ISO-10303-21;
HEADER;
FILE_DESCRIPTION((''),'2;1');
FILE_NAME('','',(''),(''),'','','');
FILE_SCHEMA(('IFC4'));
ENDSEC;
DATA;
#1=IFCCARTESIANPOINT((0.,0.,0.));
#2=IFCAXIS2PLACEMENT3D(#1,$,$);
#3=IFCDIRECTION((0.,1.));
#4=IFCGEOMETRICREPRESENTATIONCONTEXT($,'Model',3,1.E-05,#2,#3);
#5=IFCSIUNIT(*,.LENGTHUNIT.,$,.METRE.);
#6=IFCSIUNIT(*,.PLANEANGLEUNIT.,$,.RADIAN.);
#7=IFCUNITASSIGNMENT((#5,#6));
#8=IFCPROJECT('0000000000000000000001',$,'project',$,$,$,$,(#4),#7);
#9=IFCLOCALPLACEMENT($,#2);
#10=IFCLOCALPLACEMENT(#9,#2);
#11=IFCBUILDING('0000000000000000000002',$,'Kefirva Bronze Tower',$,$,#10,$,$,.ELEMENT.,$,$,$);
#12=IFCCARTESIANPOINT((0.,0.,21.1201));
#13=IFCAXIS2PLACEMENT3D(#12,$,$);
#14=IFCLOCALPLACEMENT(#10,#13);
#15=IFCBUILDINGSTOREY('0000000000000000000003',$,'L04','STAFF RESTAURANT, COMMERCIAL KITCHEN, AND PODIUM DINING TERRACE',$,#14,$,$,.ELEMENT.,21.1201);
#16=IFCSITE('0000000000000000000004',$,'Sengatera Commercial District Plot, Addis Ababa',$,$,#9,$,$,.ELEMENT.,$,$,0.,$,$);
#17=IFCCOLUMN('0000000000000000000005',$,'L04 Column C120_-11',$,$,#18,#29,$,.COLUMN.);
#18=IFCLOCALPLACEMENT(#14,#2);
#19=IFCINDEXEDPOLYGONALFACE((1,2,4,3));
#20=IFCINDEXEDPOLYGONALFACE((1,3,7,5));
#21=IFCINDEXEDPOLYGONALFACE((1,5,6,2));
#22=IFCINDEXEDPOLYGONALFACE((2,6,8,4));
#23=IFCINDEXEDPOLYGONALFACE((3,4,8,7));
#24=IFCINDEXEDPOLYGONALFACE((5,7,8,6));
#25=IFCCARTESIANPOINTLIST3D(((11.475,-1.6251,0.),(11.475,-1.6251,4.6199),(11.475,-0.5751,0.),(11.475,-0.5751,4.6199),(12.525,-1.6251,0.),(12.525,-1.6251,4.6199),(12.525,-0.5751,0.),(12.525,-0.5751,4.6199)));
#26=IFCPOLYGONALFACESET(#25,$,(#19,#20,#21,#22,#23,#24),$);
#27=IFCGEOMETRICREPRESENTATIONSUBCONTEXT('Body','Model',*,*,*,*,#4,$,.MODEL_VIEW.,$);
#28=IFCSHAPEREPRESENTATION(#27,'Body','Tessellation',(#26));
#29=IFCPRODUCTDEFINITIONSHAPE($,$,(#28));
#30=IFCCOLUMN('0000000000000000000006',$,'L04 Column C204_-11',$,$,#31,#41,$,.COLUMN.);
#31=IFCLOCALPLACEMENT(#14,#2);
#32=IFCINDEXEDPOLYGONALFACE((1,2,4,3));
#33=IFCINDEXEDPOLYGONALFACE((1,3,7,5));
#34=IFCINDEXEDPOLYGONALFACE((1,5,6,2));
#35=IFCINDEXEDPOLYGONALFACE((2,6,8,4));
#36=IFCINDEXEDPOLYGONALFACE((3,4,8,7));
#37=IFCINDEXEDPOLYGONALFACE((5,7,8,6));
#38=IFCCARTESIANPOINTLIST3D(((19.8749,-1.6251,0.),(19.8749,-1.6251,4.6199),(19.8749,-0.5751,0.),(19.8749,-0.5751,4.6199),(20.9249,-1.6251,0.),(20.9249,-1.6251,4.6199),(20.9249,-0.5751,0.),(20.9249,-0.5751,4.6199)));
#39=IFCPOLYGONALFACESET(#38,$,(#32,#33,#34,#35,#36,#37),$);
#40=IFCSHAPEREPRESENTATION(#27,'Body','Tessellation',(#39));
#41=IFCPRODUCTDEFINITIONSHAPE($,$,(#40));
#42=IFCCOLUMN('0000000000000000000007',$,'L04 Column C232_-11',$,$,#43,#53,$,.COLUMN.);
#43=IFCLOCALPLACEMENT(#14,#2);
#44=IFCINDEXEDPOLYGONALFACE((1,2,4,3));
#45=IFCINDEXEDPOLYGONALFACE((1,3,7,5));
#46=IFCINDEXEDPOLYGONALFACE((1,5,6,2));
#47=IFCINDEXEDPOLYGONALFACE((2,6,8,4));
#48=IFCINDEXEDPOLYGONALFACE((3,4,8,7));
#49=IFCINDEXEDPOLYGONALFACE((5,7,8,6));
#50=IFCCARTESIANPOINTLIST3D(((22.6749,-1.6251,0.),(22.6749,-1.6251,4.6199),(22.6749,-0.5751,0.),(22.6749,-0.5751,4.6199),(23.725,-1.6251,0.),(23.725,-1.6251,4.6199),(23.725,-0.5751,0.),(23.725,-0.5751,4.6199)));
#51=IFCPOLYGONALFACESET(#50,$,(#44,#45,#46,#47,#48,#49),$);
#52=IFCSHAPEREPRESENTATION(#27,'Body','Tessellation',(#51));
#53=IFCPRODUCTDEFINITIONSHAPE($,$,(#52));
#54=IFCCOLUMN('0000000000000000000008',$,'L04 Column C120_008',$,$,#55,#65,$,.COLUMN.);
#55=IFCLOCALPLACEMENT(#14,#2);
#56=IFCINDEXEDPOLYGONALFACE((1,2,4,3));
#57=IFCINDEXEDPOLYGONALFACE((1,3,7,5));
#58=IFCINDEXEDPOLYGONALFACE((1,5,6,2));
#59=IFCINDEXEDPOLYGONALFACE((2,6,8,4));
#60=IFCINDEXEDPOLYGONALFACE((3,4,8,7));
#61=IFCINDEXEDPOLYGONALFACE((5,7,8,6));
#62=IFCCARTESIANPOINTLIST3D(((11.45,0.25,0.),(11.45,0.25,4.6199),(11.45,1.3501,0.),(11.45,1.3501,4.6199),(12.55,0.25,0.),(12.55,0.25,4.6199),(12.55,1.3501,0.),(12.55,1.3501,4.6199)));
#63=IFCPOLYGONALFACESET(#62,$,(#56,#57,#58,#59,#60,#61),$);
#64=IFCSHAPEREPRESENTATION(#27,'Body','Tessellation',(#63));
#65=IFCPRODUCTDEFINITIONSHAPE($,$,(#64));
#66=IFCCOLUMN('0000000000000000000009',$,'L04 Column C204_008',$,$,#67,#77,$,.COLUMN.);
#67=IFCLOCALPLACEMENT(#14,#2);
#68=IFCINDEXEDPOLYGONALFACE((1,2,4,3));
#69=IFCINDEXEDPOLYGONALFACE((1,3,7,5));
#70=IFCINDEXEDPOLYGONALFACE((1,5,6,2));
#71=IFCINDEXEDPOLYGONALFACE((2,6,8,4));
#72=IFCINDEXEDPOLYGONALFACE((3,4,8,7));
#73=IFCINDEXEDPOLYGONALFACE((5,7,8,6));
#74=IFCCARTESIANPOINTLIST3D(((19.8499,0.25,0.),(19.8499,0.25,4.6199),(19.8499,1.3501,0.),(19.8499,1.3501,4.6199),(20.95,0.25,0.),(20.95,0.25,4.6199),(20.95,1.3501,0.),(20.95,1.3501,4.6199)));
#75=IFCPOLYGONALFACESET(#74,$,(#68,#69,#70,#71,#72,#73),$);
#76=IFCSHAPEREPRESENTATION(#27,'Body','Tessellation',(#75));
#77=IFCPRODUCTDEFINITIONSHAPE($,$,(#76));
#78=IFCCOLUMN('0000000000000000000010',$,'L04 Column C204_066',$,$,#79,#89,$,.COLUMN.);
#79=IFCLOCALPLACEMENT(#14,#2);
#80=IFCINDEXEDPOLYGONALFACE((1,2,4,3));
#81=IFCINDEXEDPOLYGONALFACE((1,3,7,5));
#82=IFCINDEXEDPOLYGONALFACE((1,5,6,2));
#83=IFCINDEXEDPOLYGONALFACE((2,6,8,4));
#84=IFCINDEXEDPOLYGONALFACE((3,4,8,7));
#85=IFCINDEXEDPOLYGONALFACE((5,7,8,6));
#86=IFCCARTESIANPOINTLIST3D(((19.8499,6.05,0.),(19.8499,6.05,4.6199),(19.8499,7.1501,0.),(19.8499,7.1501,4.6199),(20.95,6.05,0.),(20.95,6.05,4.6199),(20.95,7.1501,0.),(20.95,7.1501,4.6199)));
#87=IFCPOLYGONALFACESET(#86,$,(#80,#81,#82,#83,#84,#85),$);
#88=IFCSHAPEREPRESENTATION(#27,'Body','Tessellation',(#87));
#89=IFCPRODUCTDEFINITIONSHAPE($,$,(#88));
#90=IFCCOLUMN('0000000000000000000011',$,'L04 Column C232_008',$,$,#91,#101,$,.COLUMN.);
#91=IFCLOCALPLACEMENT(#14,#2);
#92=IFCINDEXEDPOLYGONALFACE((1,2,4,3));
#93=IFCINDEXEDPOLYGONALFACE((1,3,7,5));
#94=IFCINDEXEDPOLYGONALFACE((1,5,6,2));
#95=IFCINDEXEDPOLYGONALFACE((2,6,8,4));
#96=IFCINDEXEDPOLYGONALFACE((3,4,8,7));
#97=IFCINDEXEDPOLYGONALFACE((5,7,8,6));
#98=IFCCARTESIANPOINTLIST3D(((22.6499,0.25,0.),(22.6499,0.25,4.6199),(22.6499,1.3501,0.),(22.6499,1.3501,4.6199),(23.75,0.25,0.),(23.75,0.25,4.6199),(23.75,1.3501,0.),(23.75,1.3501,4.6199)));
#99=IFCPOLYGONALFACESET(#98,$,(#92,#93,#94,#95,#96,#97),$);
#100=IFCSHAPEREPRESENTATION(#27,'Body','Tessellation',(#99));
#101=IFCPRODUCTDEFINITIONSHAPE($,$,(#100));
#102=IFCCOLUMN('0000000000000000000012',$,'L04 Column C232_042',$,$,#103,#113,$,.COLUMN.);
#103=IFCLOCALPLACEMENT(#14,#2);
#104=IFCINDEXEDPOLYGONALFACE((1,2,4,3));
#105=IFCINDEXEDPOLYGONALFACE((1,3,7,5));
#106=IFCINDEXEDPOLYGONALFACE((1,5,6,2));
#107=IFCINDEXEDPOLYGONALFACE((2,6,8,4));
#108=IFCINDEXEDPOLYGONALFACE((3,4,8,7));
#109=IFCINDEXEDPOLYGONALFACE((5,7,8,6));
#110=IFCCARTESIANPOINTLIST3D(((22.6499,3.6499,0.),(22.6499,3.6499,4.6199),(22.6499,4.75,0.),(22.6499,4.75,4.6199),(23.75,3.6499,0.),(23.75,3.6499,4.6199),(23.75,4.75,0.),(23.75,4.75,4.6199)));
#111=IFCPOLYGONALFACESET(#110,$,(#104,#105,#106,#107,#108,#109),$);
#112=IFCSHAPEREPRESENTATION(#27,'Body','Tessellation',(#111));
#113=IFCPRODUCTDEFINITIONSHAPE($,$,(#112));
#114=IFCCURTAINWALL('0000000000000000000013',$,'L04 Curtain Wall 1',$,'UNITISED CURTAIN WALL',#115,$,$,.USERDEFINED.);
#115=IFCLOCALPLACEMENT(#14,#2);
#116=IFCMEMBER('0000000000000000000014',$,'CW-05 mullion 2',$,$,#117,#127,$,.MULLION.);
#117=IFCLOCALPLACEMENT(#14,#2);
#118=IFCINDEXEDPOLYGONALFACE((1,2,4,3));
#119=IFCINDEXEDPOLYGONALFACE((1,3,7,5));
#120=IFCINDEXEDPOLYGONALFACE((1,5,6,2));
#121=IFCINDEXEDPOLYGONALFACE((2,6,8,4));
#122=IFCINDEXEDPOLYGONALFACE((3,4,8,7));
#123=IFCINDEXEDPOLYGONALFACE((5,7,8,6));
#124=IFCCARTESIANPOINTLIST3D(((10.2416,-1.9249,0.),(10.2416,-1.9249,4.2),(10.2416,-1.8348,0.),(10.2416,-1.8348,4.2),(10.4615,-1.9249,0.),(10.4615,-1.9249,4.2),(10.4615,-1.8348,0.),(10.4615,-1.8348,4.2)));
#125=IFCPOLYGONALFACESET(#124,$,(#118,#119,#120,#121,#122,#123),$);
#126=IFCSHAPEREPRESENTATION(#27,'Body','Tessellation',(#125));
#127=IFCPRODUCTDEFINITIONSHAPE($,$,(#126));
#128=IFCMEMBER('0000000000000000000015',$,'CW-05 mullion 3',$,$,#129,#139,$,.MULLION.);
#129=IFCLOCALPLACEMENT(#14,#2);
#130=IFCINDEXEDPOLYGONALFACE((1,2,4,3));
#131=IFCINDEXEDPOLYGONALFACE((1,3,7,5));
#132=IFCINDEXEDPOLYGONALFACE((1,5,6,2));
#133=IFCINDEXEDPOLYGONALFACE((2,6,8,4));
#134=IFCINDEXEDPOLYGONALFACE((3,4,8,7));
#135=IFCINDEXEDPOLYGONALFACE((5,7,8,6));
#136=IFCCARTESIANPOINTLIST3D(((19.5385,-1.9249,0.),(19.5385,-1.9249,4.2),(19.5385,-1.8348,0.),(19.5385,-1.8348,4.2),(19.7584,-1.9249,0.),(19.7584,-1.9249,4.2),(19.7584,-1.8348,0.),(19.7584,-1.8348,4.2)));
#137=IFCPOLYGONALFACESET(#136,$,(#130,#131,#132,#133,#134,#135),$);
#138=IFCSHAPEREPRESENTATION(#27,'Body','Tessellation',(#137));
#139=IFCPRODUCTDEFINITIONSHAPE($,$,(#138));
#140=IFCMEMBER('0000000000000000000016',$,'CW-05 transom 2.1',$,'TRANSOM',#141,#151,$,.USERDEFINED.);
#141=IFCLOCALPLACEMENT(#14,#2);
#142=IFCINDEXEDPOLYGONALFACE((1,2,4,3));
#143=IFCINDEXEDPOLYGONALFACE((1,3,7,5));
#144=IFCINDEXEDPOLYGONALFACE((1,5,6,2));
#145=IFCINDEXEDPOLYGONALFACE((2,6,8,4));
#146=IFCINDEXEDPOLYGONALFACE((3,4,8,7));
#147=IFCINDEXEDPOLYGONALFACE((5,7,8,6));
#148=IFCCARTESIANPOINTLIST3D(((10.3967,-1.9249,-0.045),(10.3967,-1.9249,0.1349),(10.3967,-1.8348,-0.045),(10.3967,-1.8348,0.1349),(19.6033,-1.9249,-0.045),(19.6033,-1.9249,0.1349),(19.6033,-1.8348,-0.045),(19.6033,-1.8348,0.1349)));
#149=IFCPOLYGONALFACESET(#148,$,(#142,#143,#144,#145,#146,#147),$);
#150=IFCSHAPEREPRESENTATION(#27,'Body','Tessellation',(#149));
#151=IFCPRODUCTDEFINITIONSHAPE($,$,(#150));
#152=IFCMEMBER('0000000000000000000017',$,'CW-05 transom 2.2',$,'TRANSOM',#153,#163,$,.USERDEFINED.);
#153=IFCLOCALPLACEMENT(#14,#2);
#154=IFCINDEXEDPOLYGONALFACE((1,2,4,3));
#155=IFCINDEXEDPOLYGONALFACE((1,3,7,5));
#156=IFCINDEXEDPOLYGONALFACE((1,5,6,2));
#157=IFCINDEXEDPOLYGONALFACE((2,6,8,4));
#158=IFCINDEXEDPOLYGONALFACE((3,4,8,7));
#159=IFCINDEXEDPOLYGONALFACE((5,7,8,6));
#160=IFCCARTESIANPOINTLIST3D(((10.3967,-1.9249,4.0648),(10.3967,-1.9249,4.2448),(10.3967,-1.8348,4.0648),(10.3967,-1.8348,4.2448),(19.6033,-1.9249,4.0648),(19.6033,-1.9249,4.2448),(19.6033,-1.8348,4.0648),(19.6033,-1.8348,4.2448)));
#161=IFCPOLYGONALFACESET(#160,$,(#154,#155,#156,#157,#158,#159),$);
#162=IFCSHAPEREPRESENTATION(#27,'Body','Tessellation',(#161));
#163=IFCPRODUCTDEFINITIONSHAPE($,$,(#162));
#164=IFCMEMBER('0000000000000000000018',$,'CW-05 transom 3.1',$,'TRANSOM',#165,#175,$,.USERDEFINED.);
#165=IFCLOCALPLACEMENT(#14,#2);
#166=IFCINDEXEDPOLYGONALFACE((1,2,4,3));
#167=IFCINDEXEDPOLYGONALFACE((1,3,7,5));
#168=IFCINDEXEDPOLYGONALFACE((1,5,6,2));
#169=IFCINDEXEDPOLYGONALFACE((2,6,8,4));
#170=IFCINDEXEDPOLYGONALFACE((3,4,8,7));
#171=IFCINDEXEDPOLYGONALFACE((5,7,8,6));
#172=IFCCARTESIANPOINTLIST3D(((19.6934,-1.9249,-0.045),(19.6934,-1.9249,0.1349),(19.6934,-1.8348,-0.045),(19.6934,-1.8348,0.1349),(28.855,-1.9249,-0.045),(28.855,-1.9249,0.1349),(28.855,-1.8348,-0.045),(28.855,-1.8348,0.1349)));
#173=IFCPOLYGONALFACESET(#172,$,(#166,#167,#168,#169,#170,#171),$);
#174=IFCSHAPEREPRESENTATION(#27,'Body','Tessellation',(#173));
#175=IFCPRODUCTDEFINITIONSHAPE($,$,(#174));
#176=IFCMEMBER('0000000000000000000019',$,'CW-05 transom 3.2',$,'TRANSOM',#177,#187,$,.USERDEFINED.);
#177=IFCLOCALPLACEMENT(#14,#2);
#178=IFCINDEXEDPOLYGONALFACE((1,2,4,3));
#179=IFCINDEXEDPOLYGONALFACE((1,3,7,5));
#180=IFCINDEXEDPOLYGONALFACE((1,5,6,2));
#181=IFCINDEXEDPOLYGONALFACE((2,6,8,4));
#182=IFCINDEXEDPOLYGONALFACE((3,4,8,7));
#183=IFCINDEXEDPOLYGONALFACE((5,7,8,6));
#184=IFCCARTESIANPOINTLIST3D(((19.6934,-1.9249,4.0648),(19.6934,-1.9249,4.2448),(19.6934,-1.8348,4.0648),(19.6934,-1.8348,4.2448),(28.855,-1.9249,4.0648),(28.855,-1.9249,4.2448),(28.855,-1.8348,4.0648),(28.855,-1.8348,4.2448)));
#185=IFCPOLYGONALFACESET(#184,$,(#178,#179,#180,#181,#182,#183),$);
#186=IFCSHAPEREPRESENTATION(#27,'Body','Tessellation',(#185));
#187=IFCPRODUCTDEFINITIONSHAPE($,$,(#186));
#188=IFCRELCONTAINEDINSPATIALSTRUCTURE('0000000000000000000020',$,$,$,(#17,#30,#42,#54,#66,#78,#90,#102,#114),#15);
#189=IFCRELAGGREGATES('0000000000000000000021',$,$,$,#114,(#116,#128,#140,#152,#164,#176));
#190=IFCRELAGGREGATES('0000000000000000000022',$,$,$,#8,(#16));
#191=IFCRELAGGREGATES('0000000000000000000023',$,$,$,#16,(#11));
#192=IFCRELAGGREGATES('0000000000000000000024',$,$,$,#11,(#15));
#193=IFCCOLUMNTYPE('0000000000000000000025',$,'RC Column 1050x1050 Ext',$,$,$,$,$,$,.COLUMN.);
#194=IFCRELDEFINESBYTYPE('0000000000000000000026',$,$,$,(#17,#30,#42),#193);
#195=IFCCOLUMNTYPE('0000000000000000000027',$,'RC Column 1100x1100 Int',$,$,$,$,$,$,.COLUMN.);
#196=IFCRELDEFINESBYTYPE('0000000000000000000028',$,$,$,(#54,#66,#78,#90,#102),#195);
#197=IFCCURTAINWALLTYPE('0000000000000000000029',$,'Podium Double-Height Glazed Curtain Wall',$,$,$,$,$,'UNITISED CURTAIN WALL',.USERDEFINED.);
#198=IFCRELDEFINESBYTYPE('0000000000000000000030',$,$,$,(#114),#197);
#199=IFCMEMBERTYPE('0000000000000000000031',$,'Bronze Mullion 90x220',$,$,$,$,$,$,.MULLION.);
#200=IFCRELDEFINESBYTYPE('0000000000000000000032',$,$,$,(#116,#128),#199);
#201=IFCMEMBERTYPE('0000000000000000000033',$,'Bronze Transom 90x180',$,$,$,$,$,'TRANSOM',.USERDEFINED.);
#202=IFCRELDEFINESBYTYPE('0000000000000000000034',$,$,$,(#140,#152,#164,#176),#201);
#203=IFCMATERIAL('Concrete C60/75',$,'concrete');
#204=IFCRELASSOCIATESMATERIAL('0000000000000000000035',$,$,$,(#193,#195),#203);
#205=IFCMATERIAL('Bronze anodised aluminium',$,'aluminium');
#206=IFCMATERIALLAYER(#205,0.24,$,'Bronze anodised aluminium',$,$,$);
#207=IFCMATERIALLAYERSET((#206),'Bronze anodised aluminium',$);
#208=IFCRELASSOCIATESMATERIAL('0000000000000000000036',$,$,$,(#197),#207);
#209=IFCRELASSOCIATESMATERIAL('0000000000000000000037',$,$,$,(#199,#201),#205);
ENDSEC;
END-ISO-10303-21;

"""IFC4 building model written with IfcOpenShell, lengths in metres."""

from ifc_helpers import new_model, si_unit, direction, frame, origin, origin_2d, place, context, subcontext, project, spatial, rectangle, extrude, material, layer, layer_set, material_profile, profile_set, type_object, element, aggregate, save


model = new_model("IFC4")

# Units and contexts
model_context = context("Model", 3, precision=1e-05, world=origin(), true_north=direction((0.0, 1.0)))
body_context = subcontext(model_context, "Body", "Model", "MODEL_VIEW")
ifc_project = project(units=[si_unit("LENGTHUNIT", "METRE"), si_unit("PLANEANGLEUNIT", "RADIAN")], contexts=[model_context])

# Site, building, storey
site_placement = place(None, origin())
site = spatial("IfcSite", under=ifc_project, at=site_placement, Name="Sengatera Commercial District Plot, Addis Ababa", CompositionType="ELEMENT", RefElevation=0.0)
building_placement = place(site_placement, origin())
building = spatial("IfcBuilding", under=site, at=building_placement, Name="Kefirva Bronze Tower", CompositionType="ELEMENT")
storey_placement = place(building_placement, frame((0.0, 0.0, 21.1201)))
storey = spatial("IfcBuildingStorey", under=building, at=storey_placement, Name="L04", Description="STAFF RESTAURANT, COMMERCIAL KITCHEN, AND PODIUM DINING TERRACE", CompositionType="ELEMENT", Elevation=21.1201)

# Columns
ifc_material_1 = material(Name="Concrete C60/75", Category="concrete")
ifc_material_profile_1 = material_profile(ifc_material_1, rectangle(XDim=1.05, YDim=1.05, at=origin_2d()), Name="RC 1050x1050")
ifc_profile_set_1 = profile_set([ifc_material_profile_1], Name="Concrete C60/75")
column_type_1 = type_object("IfcColumnType", Name="RC Column 1050x1050 Ext", PredefinedType="COLUMN", material=ifc_profile_set_1)
for number, where, z_axis, x_axis, name in (
    (1, (12.0, -1.1001, 0.0), (0.0, 0.0, 1.0), (1.0, 0.0, 0.0), "L04 Column C120_-11"),
    (2, (20.3999, -1.1001, 0.0), (0.0, 0.0, 1.0), (1.0, 0.0, 0.0), "L04 Column C204_-11"),
    (3, (23.2, -1.1001, 0.0), (0.0, 0.0, 1.0), (1.0, 0.0, 0.0), "L04 Column C232_-11"),
):
    element("IfcColumn", number, at=place(storey_placement, frame(where, z_axis=z_axis, x_axis=x_axis)), inside=storey, type_object=column_type_1, Name=name, PredefinedType="COLUMN", context=body_context, shape_type="SweptSolid", body=[
        extrude(rectangle(XDim=1.05, YDim=1.05, at=origin_2d()), origin(), (0.0, 0.0, 1.0), 4.6199),
    ])
ifc_material_profile_2 = material_profile(ifc_material_1, rectangle(XDim=1.1001, YDim=1.1001, at=origin_2d()), Name="RC 1100x1100")
ifc_profile_set_2 = profile_set([ifc_material_profile_2], Name="Concrete C60/75")
column_type_2 = type_object("IfcColumnType", Name="RC Column 1100x1100 Int", PredefinedType="COLUMN", material=ifc_profile_set_2)
for number, where, z_axis, x_axis, name in (
    (4, (12.0, 0.8, 0.0), (0.0, 0.0, 1.0), (1.0, 0.0, 0.0), "L04 Column C120_008"),
    (5, (20.3999, 0.8, 0.0), (0.0, 0.0, 1.0), (1.0, 0.0, 0.0), "L04 Column C204_008"),
    (6, (20.3999, 6.6001, 0.0), (0.0, 0.0, 1.0), (1.0, 0.0, 0.0), "L04 Column C204_066"),
    (7, (23.2, 0.8, 0.0), (0.0, 0.0, 1.0), (1.0, 0.0, 0.0), "L04 Column C232_008"),
    (8, (23.2, 4.2, 0.0), (0.0, 0.0, 1.0), (1.0, 0.0, 0.0), "L04 Column C232_042"),
):
    element("IfcColumn", number, at=place(storey_placement, frame(where, z_axis=z_axis, x_axis=x_axis)), inside=storey, type_object=column_type_2, Name=name, PredefinedType="COLUMN", context=body_context, shape_type="SweptSolid", body=[
        extrude(rectangle(XDim=1.1001, YDim=1.1001, at=origin_2d()), origin(), (0.0, 0.0, 1.0), 4.6199),
    ])

# Curtain wall, members
ifc_material_2 = material(Name="Bronze anodised aluminium", Category="aluminium")
ifc_layer_1 = layer(ifc_material_2, 0.24, Name="Bronze anodised aluminium")
ifc_layer_set_1 = layer_set([ifc_layer_1], Name="Bronze anodised aluminium")
curtain_wall_type = type_object("IfcCurtainWallType", Name="Podium Double-Height Glazed Curtain Wall", ElementType="UNITISED CURTAIN WALL", PredefinedType="USERDEFINED", material=ifc_layer_set_1)
curtain_wall_placement = place(storey_placement, origin())
curtain_wall = element("IfcCurtainWall", 9, at=curtain_wall_placement, inside=storey, type_object=curtain_wall_type, Name="L04 Curtain Wall 1", ObjectType="UNITISED CURTAIN WALL", PredefinedType="USERDEFINED")
ifc_material_profile_3 = material_profile(ifc_material_2, rectangle(XDim=0.0901, YDim=0.22, at=origin_2d()), Name="ALU 90x220")
ifc_profile_set_3 = profile_set([ifc_material_profile_3], Name="Bronze anodised aluminium")
member_type_1 = type_object("IfcMemberType", Name="Bronze Mullion 90x220", PredefinedType="MULLION", material=ifc_profile_set_3)
member_1_placement = place(storey_placement, frame((10.3516, -1.8799, 0.0), z_axis=(0.0, 0.0, 1.0), x_axis=(0.0, 1.0, 0.0)))
member_1 = element("IfcMember", 10, at=member_1_placement, type_object=member_type_1, Name="CW-05 mullion 2", PredefinedType="MULLION", context=body_context, shape_type="SweptSolid", body=[
    extrude(rectangle(XDim=0.0901, YDim=0.22, at=origin_2d()), origin(), (0.0, 0.0, 1.0), 4.2),
])
member_2_placement = place(storey_placement, frame((19.6484, -1.8799, 0.0), z_axis=(0.0, 0.0, 1.0), x_axis=(0.0, 1.0, 0.0)))
member_2 = element("IfcMember", 11, at=member_2_placement, type_object=member_type_1, Name="CW-05 mullion 3", PredefinedType="MULLION", context=body_context, shape_type="SweptSolid", body=[
    extrude(rectangle(XDim=0.0901, YDim=0.22, at=origin_2d()), origin(), (0.0, 0.0, 1.0), 4.2),
])
ifc_material_profile_4 = material_profile(ifc_material_2, rectangle(XDim=0.0901, YDim=0.1799, at=origin_2d()), Name="ALU 90x180")
ifc_profile_set_4 = profile_set([ifc_material_profile_4], Name="Bronze anodised aluminium")
member_type_2 = type_object("IfcMemberType", Name="Bronze Transom 90x180", ElementType="TRANSOM", PredefinedType="USERDEFINED", material=ifc_profile_set_4)
member_3_placement = place(storey_placement, frame((10.3967, -1.8799, 0.0449), z_axis=(1.0, 0.0, 0.0), x_axis=(0.0, 1.0, 0.0)))
member_3 = element("IfcMember", 12, at=member_3_placement, type_object=member_type_2, Name="CW-05 transom 2.1", ObjectType="TRANSOM", PredefinedType="USERDEFINED", context=body_context, shape_type="SweptSolid", body=[
    extrude(rectangle(XDim=0.0901, YDim=0.1799, at=origin_2d()), origin(), (0.0, 0.0, 1.0), 9.2065),
])
member_4_placement = place(storey_placement, frame((10.3967, -1.8799, 4.1548), z_axis=(1.0, 0.0, 0.0), x_axis=(0.0, 1.0, 0.0)))
member_4 = element("IfcMember", 13, at=member_4_placement, type_object=member_type_2, Name="CW-05 transom 2.2", ObjectType="TRANSOM", PredefinedType="USERDEFINED", context=body_context, shape_type="SweptSolid", body=[
    extrude(rectangle(XDim=0.0901, YDim=0.1799, at=origin_2d()), origin(), (0.0, 0.0, 1.0), 9.2065),
])
member_5_placement = place(storey_placement, frame((19.6934, -1.8799, 0.0449), z_axis=(1.0, 0.0, 0.0), x_axis=(0.0, 1.0, 0.0)))
member_5 = element("IfcMember", 14, at=member_5_placement, type_object=member_type_2, Name="CW-05 transom 3.1", ObjectType="TRANSOM", PredefinedType="USERDEFINED", context=body_context, shape_type="SweptSolid", body=[
    extrude(rectangle(XDim=0.0901, YDim=0.1799, at=origin_2d()), origin(), (0.0, 0.0, 1.0), 9.1616),
])
member_6_placement = place(storey_placement, frame((19.6934, -1.8799, 4.1548), z_axis=(1.0, 0.0, 0.0), x_axis=(0.0, 1.0, 0.0)))
member_6 = element("IfcMember", 15, at=member_6_placement, type_object=member_type_2, Name="CW-05 transom 3.2", ObjectType="TRANSOM", PredefinedType="USERDEFINED", context=body_context, shape_type="SweptSolid", body=[
    extrude(rectangle(XDim=0.0901, YDim=0.1799, at=origin_2d()), origin(), (0.0, 0.0, 1.0), 9.1616),
])

aggregate(curtain_wall, [member_1, member_2, member_3, member_4, member_5, member_6])

save(model, "model.ifc")
